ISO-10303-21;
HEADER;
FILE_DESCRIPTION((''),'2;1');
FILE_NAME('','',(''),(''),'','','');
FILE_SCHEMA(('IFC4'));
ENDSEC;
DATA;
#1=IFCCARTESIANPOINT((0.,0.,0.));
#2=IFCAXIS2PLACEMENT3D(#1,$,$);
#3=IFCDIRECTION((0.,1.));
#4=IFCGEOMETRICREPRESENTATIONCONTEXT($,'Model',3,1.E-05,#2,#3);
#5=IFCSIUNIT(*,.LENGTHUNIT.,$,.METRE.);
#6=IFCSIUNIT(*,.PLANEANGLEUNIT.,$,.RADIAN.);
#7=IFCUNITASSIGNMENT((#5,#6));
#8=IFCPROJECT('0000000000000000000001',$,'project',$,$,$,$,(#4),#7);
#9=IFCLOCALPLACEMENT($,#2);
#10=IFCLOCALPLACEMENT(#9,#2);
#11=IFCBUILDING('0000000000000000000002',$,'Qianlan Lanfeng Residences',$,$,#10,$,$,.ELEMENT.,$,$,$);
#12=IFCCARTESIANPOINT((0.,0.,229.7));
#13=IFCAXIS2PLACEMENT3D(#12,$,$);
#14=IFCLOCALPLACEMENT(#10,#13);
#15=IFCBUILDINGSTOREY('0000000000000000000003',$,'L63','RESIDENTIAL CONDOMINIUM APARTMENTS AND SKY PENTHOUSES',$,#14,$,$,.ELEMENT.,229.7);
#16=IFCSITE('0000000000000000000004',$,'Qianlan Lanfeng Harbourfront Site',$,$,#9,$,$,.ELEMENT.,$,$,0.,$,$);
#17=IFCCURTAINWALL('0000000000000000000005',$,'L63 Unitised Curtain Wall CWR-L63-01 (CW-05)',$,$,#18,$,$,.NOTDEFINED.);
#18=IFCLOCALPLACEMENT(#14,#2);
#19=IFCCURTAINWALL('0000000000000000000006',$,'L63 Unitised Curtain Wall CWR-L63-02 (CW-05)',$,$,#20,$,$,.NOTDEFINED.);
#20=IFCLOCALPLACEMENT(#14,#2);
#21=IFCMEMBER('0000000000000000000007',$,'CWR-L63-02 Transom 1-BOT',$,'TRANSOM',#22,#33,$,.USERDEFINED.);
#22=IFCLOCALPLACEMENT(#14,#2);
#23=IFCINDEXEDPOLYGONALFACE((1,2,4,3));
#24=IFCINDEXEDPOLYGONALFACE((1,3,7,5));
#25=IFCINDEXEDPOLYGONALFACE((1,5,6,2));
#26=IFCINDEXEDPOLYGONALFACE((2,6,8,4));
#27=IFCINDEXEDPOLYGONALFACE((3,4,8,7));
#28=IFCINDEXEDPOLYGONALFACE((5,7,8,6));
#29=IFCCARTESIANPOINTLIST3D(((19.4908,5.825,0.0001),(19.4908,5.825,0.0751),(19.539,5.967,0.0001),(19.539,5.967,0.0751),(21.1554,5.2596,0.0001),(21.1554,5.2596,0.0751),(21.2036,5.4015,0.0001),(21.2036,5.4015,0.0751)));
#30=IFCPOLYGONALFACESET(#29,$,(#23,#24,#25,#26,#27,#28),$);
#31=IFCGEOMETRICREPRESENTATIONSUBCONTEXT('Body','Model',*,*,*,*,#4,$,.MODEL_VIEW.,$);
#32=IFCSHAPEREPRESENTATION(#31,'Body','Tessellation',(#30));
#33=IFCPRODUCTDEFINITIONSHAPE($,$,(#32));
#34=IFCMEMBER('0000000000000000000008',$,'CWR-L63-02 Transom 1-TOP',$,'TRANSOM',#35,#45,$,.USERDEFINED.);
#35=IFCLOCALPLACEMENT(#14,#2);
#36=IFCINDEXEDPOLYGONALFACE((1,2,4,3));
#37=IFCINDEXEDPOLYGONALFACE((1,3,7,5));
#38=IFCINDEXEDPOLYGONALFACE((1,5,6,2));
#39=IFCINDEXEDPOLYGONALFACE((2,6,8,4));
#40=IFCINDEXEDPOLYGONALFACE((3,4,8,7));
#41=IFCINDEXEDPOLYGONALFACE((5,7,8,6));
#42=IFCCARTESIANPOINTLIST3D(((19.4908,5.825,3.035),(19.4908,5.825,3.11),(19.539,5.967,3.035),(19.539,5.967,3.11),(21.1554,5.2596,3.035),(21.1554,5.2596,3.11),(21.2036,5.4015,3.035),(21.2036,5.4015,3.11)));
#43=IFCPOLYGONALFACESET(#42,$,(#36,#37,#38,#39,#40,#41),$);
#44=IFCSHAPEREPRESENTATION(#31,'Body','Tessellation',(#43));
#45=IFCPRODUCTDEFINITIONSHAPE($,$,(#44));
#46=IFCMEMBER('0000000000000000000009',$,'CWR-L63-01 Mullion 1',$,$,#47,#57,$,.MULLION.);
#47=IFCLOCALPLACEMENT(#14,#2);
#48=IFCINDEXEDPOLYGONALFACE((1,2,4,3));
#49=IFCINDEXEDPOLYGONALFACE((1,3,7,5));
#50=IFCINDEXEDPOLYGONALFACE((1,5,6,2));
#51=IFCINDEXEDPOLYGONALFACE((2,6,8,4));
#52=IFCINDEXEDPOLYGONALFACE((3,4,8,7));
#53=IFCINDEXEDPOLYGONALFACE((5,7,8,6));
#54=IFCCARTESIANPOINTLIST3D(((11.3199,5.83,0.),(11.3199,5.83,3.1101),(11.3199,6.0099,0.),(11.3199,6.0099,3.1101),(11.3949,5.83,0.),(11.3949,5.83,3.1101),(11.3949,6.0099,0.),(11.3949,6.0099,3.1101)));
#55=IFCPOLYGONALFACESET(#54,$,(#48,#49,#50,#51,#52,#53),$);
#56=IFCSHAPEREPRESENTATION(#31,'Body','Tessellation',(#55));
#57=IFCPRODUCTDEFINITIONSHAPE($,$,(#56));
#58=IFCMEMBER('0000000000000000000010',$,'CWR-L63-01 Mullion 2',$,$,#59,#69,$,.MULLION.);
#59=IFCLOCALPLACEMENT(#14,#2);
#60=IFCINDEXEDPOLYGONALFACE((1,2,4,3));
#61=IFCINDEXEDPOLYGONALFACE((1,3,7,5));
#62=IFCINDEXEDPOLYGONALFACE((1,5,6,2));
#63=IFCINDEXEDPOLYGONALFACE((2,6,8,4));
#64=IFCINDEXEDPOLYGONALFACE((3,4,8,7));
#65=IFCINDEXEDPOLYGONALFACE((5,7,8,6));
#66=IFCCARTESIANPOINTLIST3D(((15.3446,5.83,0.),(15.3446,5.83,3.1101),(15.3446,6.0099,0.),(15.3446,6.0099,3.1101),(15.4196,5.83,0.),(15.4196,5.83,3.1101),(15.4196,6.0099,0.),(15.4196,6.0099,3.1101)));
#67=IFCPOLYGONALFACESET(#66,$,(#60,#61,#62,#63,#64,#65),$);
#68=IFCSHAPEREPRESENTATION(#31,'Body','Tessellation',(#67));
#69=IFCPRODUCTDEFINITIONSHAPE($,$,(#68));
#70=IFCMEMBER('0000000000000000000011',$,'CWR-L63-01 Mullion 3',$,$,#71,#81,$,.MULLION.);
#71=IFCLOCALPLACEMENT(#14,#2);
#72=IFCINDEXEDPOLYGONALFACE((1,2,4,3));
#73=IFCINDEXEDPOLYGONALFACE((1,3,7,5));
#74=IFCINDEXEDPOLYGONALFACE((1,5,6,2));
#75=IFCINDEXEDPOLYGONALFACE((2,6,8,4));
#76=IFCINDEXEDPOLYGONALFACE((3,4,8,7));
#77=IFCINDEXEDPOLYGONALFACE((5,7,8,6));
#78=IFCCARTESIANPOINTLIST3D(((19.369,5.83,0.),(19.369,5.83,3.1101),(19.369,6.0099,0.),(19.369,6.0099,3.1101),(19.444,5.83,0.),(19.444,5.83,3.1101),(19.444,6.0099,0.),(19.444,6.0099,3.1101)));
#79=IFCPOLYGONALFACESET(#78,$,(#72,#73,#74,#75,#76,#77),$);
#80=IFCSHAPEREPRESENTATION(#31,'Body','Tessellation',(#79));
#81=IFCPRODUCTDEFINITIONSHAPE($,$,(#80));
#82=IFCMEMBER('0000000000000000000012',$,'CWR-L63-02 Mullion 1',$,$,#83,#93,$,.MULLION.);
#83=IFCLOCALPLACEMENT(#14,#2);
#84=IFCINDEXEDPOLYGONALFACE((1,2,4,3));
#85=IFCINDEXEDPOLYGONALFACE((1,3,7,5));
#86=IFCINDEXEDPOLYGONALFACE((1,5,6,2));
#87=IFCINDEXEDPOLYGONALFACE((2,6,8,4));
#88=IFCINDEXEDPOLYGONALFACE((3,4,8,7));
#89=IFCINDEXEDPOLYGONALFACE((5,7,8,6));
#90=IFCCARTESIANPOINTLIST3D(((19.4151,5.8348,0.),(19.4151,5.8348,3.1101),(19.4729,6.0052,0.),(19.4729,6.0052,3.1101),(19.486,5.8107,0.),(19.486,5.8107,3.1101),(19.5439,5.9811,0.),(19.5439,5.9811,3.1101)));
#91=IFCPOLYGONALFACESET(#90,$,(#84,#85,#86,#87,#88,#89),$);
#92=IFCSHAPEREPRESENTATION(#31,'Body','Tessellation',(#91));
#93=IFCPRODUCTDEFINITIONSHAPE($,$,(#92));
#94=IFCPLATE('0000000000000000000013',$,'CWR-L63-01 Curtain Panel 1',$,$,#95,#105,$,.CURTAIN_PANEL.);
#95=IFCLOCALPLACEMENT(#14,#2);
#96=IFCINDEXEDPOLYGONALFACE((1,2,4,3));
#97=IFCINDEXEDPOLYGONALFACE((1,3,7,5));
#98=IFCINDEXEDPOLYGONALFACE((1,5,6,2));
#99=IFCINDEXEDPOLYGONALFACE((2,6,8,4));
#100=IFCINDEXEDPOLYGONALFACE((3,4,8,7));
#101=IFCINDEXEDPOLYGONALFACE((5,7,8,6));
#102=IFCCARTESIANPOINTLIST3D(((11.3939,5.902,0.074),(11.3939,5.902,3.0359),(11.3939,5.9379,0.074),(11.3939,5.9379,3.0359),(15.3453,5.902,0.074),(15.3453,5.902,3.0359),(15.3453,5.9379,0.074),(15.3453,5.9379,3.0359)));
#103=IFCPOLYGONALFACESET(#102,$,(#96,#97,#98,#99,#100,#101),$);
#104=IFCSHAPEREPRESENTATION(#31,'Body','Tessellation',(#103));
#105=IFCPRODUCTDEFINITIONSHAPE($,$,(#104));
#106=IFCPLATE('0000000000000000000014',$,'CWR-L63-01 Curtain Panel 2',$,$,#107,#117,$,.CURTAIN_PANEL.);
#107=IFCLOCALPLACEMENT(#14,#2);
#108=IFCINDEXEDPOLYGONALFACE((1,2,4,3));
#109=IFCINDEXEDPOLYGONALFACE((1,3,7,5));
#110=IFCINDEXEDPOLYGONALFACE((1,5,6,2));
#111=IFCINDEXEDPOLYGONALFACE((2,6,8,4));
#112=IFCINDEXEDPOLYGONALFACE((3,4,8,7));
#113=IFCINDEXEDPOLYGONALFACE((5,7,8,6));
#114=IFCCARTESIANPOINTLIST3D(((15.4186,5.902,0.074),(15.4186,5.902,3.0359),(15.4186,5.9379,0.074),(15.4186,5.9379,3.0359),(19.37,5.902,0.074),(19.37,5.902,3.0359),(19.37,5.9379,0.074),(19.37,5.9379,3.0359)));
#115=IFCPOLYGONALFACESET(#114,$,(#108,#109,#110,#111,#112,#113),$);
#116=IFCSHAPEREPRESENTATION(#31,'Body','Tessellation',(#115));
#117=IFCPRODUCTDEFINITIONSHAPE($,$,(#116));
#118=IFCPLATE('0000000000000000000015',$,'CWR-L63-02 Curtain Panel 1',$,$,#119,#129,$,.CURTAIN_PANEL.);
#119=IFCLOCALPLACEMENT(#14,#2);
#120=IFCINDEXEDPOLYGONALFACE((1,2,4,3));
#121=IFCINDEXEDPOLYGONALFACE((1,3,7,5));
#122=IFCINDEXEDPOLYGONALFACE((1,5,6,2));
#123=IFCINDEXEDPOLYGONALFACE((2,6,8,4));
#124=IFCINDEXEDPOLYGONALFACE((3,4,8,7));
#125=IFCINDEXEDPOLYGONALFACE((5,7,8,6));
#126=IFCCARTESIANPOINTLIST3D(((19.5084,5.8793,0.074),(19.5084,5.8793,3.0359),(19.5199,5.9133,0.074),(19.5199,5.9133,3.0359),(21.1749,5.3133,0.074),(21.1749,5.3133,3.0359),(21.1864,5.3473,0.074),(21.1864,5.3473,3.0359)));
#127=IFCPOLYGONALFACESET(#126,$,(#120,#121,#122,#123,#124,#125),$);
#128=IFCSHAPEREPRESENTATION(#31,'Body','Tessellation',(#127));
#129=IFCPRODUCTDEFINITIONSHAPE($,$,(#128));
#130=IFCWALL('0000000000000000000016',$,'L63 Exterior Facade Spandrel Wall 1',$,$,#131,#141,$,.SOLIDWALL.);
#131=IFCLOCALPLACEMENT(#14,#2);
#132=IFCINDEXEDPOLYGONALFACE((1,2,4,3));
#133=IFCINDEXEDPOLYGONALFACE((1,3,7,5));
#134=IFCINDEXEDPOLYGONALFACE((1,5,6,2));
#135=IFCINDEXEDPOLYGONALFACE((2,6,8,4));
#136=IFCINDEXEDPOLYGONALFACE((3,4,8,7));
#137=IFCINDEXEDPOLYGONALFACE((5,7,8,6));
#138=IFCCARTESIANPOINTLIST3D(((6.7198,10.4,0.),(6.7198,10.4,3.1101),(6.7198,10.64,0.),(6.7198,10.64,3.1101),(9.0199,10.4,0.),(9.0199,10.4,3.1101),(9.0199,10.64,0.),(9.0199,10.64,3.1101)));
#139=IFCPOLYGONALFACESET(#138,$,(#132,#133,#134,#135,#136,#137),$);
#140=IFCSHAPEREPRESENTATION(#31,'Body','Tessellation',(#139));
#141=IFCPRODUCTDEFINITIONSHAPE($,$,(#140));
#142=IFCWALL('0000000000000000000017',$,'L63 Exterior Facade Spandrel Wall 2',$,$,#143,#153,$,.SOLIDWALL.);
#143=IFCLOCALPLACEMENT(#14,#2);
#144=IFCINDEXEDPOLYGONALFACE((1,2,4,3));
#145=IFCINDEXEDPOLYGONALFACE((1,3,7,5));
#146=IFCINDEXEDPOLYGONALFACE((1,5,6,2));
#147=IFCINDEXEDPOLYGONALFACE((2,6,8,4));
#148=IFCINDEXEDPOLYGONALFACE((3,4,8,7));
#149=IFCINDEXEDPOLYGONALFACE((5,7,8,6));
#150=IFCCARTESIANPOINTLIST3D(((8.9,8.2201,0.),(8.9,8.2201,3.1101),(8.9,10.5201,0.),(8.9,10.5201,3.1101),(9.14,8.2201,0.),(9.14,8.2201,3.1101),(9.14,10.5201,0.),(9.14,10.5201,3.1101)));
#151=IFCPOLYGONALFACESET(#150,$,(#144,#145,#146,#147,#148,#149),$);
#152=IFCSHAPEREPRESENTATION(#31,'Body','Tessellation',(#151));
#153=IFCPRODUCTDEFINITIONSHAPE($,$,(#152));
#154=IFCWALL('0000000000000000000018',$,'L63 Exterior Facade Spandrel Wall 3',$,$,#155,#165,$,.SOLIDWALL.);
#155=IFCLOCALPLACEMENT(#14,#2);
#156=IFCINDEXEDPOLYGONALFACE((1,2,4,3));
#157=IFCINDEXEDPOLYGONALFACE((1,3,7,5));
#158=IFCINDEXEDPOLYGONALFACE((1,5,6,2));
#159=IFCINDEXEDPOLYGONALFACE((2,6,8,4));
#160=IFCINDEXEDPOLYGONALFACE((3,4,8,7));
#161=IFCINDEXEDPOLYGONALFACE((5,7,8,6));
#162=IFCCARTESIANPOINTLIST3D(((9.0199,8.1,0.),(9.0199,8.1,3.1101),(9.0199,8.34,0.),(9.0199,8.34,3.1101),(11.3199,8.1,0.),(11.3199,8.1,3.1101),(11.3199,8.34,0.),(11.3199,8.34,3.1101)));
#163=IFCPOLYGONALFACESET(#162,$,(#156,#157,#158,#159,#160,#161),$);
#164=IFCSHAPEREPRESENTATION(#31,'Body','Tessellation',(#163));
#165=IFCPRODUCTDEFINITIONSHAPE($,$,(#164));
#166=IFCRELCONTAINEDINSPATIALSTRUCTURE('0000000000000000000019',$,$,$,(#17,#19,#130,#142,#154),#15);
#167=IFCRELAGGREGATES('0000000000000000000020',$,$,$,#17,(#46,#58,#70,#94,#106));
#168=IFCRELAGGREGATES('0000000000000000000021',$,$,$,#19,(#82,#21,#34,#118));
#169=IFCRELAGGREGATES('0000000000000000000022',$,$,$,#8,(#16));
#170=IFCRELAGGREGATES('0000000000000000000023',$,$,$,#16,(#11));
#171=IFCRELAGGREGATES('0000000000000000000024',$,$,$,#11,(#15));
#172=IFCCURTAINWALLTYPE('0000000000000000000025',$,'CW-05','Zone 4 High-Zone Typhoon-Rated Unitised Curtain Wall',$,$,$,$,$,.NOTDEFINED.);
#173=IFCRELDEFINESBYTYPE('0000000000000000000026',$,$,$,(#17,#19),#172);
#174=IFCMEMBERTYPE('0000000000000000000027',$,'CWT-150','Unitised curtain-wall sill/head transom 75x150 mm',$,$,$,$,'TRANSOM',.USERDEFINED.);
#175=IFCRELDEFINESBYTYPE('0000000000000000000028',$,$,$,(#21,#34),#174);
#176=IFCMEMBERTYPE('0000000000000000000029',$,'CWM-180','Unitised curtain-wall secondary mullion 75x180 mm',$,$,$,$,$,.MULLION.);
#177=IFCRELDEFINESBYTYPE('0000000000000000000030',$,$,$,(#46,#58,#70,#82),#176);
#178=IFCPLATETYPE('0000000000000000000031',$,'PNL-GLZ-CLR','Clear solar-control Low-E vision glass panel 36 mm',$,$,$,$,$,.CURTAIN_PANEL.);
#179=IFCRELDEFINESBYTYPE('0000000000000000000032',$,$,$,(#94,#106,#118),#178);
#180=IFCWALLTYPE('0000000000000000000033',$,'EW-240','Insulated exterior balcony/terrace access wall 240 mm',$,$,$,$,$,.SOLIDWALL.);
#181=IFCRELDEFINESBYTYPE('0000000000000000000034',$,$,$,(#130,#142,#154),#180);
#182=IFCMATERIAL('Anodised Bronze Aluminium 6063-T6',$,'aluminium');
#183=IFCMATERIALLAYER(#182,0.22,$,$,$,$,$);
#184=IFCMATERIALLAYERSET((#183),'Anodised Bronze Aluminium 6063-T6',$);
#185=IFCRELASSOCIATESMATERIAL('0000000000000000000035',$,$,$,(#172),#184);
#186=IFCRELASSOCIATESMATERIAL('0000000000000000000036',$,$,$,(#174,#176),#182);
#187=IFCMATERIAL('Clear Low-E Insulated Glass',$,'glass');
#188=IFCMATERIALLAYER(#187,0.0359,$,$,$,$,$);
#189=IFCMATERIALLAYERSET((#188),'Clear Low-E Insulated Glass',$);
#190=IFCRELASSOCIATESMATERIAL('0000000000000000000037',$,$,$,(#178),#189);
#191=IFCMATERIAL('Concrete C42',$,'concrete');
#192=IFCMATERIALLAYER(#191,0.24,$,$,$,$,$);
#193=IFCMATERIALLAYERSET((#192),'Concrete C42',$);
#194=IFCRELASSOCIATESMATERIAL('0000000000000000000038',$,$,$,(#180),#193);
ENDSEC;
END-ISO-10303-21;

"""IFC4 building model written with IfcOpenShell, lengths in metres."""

from ifc_helpers import new_model, si_unit, direction, frame, frame_2d, origin, origin_2d, place, context, subcontext, project, spatial, rectangle, extrude, source, transform, mapped, material, layer, layer_set, material_profile, profile_set, type_object, element, aggregate, save


model = new_model("IFC4")

# Units and contexts
model_context = context("Model", 3, precision=1e-05, world=origin(), true_north=direction((0.0, 1.0)))
body_context = subcontext(model_context, "Body", "Model", "MODEL_VIEW")
ifc_project = project(units=[si_unit("LENGTHUNIT", "METRE"), si_unit("PLANEANGLEUNIT", "RADIAN")], contexts=[model_context])

# Site, building, storey
site_placement = place(None, origin())
site = spatial("IfcSite", under=ifc_project, at=site_placement, Name="Qianlan Lanfeng Harbourfront Site", CompositionType="ELEMENT", RefElevation=0.0)
building_placement = place(site_placement, origin())
building = spatial("IfcBuilding", under=site, at=building_placement, Name="Qianlan Lanfeng Residences", CompositionType="ELEMENT")
storey_placement = place(building_placement, frame((0.0, 0.0, 229.7)))
storey = spatial("IfcBuildingStorey", under=building, at=storey_placement, Name="L63", Description="RESIDENTIAL CONDOMINIUM APARTMENTS AND SKY PENTHOUSES", CompositionType="ELEMENT", Elevation=229.7)

# Curtain walls, members
ifc_material_1 = material(Name="Anodised Bronze Aluminium 6063-T6", Category="aluminium")
ifc_layer_1 = layer(ifc_material_1, 0.22)
ifc_layer_set_1 = layer_set([ifc_layer_1], Name="Anodised Bronze Aluminium 6063-T6")
curtain_wall_type = type_object("IfcCurtainWallType", Name="CW-05", Description="Zone 4 High-Zone Typhoon-Rated Unitised Curtain Wall", PredefinedType="NOTDEFINED", material=ifc_layer_set_1)
curtain_wall_1_placement = place(storey_placement, origin())
curtain_wall_1 = element("IfcCurtainWall", 1, at=curtain_wall_1_placement, inside=storey, type_object=curtain_wall_type, Name="L63 Unitised Curtain Wall CWR-L63-01 (CW-05)", PredefinedType="NOTDEFINED")
ifc_material_profile_1 = material_profile(ifc_material_1, rectangle(XDim=0.075, YDim=0.1499, at=origin_2d()), Name="ALU TRANSOM 75x150")
ifc_profile_set_1 = profile_set([ifc_material_profile_1], Name="Anodised Bronze Aluminium 6063-T6")
member_type_1 = type_object("IfcMemberType", Name="CWT-150", Description="Unitised curtain-wall sill/head transom 75x150 mm", ElementType="TRANSOM", PredefinedType="USERDEFINED", material=ifc_profile_set_1)
curtain_wall_2_placement = place(storey_placement, origin())
curtain_wall_2 = element("IfcCurtainWall", 2, at=curtain_wall_2_placement, inside=storey, type_object=curtain_wall_type, Name="L63 Unitised Curtain Wall CWR-L63-02 (CW-05)", PredefinedType="NOTDEFINED")
shared_shape_1 = source(origin(), body_context, "Body", "SweptSolid", [
    extrude(rectangle(XDim=0.075, YDim=0.1499, at=origin_2d()), origin(), (0.0, 0.0, 1.0), 1.7581),
])
member_1_placement = place(storey_placement, frame((19.5149, 5.896, 0.0376), z_axis=(0.946862, -0.321639, 0.0), x_axis=(0.0, 0.0, 1.0)))
member_1 = element("IfcMember", 3, at=member_1_placement, type_object=member_type_1, Name="CWR-L63-02 Transom 1-BOT", ObjectType="TRANSOM", PredefinedType="USERDEFINED", context=body_context, shape_type="MappedRepresentation", body=[
    mapped(shared_shape_1, transform((0.0, 0.0, 0.0), scale=1.0)),
])
member_2_placement = place(storey_placement, frame((19.5149, 5.896, 3.0725), z_axis=(0.946862, -0.321639, 0.0), x_axis=(0.0, 0.0, 1.0)))
member_2 = element("IfcMember", 4, at=member_2_placement, type_object=member_type_1, Name="CWR-L63-02 Transom 1-TOP", ObjectType="TRANSOM", PredefinedType="USERDEFINED", context=body_context, shape_type="MappedRepresentation", body=[
    mapped(shared_shape_1, transform((0.0, 0.0, 0.0), scale=1.0)),
])

# Members
ifc_material_profile_2 = material_profile(ifc_material_1, rectangle(XDim=0.075, YDim=0.1799, at=origin_2d()), Name="ALU MULLION 75x180")
ifc_profile_set_2 = profile_set([ifc_material_profile_2], Name="Anodised Bronze Aluminium 6063-T6")
member_type_2 = type_object("IfcMemberType", Name="CWM-180", Description="Unitised curtain-wall secondary mullion 75x180 mm", PredefinedType="MULLION", material=ifc_profile_set_2)
shared_shape_2 = source(origin(), body_context, "Body", "SweptSolid", [
    extrude(rectangle(XDim=0.075, YDim=0.1799, at=origin_2d()), origin(), (0.0, 0.0, 1.0), 3.1101),
])
member_3_placement = place(storey_placement, frame((11.3574, 5.9199, 0.0), z_axis=(0.0, 0.0, 1.0), x_axis=(1.0, 0.0, 0.0)))
member_3 = element("IfcMember", 5, at=member_3_placement, type_object=member_type_2, Name="CWR-L63-01 Mullion 1", PredefinedType="MULLION", context=body_context, shape_type="MappedRepresentation", body=[
    mapped(shared_shape_2, transform((0.0, 0.0, 0.0), scale=1.0)),
])
member_4_placement = place(storey_placement, frame((15.3821, 5.9199, 0.0), z_axis=(0.0, 0.0, 1.0), x_axis=(1.0, 0.0, 0.0)))
member_4 = element("IfcMember", 6, at=member_4_placement, type_object=member_type_2, Name="CWR-L63-01 Mullion 2", PredefinedType="MULLION", context=body_context, shape_type="MappedRepresentation", body=[
    mapped(shared_shape_2, transform((0.0, 0.0, 0.0), scale=1.0)),
])
member_5_placement = place(storey_placement, frame((19.4065, 5.9199, 0.0), z_axis=(0.0, 0.0, 1.0), x_axis=(1.0, 0.0, 0.0)))
member_5 = element("IfcMember", 7, at=member_5_placement, type_object=member_type_2, Name="CWR-L63-01 Mullion 3", PredefinedType="MULLION", context=body_context, shape_type="MappedRepresentation", body=[
    mapped(shared_shape_2, transform((0.0, 0.0, 0.0), scale=1.0)),
])
member_6_placement = place(storey_placement, frame((19.4795, 5.908, 0.0), z_axis=(0.0, 0.0, 1.0), x_axis=(0.946877, -0.321596, 0.0)))
member_6 = element("IfcMember", 8, at=member_6_placement, type_object=member_type_2, Name="CWR-L63-02 Mullion 1", PredefinedType="MULLION", context=body_context, shape_type="MappedRepresentation", body=[
    mapped(shared_shape_2, transform((0.0, 0.0, 0.0), scale=1.0)),
])

# Plates
ifc_material_2 = material(Name="Clear Low-E Insulated Glass", Category="glass")
ifc_layer_2 = layer(ifc_material_2, 0.0359)
ifc_layer_set_2 = layer_set([ifc_layer_2], Name="Clear Low-E Insulated Glass")
plate_type = type_object("IfcPlateType", Name="PNL-GLZ-CLR", Description="Clear solar-control Low-E vision glass panel 36 mm", PredefinedType="CURTAIN_PANEL", material=ifc_layer_set_2)
shared_shape_3 = source(origin(), body_context, "Body", "SweptSolid", [
    extrude(rectangle(XDim=3.9514, YDim=0.0359, at=origin_2d()), origin(), (0.0, 0.0, 1.0), 2.9619),
])
plate_1_placement = place(storey_placement, frame((13.3696, 5.9199, 0.074), z_axis=(0.0, 0.0, 1.0), x_axis=(1.0, 0.0, 0.0)))
plate_1 = element("IfcPlate", 9, at=plate_1_placement, type_object=plate_type, Name="CWR-L63-01 Curtain Panel 1", PredefinedType="CURTAIN_PANEL", context=body_context, shape_type="MappedRepresentation", body=[
    mapped(shared_shape_3, transform((0.0, 0.0, 0.0), scale=1.0)),
])
plate_2_placement = place(storey_placement, frame((17.3943, 5.9199, 0.074), z_axis=(0.0, 0.0, 1.0), x_axis=(1.0, 0.0, 0.0)))
plate_2 = element("IfcPlate", 10, at=plate_2_placement, type_object=plate_type, Name="CWR-L63-01 Curtain Panel 2", PredefinedType="CURTAIN_PANEL", context=body_context, shape_type="MappedRepresentation", body=[
    mapped(shared_shape_3, transform((0.0, 0.0, 0.0), scale=1.0)),
])
aggregate(curtain_wall_1, [member_3, member_4, member_5, plate_1, plate_2])
shared_shape_4 = source(origin(), body_context, "Body", "SweptSolid", [
    extrude(rectangle(XDim=1.76, YDim=0.0359, at=origin_2d()), origin(), (0.0, 0.0, 1.0), 2.9619),
])
plate_3_placement = place(storey_placement, frame((20.3474, 5.6133, 0.074), z_axis=(0.0, 0.0, 1.0), x_axis=(0.946877, -0.321596, 0.0)))
plate_3 = element("IfcPlate", 11, at=plate_3_placement, type_object=plate_type, Name="CWR-L63-02 Curtain Panel 1", PredefinedType="CURTAIN_PANEL", context=body_context, shape_type="MappedRepresentation", body=[
    mapped(shared_shape_4, transform((0.0, 0.0, 0.0), scale=1.0)),
])
aggregate(curtain_wall_2, [member_6, member_1, member_2, plate_3])

# Walls
ifc_material_3 = material(Name="Concrete C42", Category="concrete")
ifc_layer_3 = layer(ifc_material_3, 0.24)
ifc_layer_set_3 = layer_set([ifc_layer_3], Name="Concrete C42")
wall_type_1 = type_object("IfcWallType", Name="EW-240", Description="Insulated exterior balcony/terrace access wall 240 mm", PredefinedType="SOLIDWALL", material=ifc_layer_set_3)
for number, where, z_axis, x_axis, name in (
    (12, (6.72, 10.52, 0.0), (0.0, 0.0, 1.0), (1.0, 0.0, 0.0), "L63 Exterior Facade Spandrel Wall 1"),
    (13, (9.02, 10.52, 0.0), (0.0, 0.0, 1.0), (0.0, -1.0, 0.0), "L63 Exterior Facade Spandrel Wall 2"),
    (14, (9.02, 8.22, 0.0), (0.0, 0.0, 1.0), (1.0, 0.0, 0.0), "L63 Exterior Facade Spandrel Wall 3"),
):
    element("IfcWall", number, at=place(storey_placement, frame(where, z_axis=z_axis, x_axis=x_axis)), inside=storey, type_object=wall_type_1, Name=name, PredefinedType="SOLIDWALL", context=body_context, shape_type="SweptSolid", body=[
        extrude(rectangle(XDim=2.3, YDim=0.24, at=frame_2d((1.1499, 0.0))), origin(), (0.0, 0.0, 1.0), 3.1101),
    ])

save(model, "model.ifc")
